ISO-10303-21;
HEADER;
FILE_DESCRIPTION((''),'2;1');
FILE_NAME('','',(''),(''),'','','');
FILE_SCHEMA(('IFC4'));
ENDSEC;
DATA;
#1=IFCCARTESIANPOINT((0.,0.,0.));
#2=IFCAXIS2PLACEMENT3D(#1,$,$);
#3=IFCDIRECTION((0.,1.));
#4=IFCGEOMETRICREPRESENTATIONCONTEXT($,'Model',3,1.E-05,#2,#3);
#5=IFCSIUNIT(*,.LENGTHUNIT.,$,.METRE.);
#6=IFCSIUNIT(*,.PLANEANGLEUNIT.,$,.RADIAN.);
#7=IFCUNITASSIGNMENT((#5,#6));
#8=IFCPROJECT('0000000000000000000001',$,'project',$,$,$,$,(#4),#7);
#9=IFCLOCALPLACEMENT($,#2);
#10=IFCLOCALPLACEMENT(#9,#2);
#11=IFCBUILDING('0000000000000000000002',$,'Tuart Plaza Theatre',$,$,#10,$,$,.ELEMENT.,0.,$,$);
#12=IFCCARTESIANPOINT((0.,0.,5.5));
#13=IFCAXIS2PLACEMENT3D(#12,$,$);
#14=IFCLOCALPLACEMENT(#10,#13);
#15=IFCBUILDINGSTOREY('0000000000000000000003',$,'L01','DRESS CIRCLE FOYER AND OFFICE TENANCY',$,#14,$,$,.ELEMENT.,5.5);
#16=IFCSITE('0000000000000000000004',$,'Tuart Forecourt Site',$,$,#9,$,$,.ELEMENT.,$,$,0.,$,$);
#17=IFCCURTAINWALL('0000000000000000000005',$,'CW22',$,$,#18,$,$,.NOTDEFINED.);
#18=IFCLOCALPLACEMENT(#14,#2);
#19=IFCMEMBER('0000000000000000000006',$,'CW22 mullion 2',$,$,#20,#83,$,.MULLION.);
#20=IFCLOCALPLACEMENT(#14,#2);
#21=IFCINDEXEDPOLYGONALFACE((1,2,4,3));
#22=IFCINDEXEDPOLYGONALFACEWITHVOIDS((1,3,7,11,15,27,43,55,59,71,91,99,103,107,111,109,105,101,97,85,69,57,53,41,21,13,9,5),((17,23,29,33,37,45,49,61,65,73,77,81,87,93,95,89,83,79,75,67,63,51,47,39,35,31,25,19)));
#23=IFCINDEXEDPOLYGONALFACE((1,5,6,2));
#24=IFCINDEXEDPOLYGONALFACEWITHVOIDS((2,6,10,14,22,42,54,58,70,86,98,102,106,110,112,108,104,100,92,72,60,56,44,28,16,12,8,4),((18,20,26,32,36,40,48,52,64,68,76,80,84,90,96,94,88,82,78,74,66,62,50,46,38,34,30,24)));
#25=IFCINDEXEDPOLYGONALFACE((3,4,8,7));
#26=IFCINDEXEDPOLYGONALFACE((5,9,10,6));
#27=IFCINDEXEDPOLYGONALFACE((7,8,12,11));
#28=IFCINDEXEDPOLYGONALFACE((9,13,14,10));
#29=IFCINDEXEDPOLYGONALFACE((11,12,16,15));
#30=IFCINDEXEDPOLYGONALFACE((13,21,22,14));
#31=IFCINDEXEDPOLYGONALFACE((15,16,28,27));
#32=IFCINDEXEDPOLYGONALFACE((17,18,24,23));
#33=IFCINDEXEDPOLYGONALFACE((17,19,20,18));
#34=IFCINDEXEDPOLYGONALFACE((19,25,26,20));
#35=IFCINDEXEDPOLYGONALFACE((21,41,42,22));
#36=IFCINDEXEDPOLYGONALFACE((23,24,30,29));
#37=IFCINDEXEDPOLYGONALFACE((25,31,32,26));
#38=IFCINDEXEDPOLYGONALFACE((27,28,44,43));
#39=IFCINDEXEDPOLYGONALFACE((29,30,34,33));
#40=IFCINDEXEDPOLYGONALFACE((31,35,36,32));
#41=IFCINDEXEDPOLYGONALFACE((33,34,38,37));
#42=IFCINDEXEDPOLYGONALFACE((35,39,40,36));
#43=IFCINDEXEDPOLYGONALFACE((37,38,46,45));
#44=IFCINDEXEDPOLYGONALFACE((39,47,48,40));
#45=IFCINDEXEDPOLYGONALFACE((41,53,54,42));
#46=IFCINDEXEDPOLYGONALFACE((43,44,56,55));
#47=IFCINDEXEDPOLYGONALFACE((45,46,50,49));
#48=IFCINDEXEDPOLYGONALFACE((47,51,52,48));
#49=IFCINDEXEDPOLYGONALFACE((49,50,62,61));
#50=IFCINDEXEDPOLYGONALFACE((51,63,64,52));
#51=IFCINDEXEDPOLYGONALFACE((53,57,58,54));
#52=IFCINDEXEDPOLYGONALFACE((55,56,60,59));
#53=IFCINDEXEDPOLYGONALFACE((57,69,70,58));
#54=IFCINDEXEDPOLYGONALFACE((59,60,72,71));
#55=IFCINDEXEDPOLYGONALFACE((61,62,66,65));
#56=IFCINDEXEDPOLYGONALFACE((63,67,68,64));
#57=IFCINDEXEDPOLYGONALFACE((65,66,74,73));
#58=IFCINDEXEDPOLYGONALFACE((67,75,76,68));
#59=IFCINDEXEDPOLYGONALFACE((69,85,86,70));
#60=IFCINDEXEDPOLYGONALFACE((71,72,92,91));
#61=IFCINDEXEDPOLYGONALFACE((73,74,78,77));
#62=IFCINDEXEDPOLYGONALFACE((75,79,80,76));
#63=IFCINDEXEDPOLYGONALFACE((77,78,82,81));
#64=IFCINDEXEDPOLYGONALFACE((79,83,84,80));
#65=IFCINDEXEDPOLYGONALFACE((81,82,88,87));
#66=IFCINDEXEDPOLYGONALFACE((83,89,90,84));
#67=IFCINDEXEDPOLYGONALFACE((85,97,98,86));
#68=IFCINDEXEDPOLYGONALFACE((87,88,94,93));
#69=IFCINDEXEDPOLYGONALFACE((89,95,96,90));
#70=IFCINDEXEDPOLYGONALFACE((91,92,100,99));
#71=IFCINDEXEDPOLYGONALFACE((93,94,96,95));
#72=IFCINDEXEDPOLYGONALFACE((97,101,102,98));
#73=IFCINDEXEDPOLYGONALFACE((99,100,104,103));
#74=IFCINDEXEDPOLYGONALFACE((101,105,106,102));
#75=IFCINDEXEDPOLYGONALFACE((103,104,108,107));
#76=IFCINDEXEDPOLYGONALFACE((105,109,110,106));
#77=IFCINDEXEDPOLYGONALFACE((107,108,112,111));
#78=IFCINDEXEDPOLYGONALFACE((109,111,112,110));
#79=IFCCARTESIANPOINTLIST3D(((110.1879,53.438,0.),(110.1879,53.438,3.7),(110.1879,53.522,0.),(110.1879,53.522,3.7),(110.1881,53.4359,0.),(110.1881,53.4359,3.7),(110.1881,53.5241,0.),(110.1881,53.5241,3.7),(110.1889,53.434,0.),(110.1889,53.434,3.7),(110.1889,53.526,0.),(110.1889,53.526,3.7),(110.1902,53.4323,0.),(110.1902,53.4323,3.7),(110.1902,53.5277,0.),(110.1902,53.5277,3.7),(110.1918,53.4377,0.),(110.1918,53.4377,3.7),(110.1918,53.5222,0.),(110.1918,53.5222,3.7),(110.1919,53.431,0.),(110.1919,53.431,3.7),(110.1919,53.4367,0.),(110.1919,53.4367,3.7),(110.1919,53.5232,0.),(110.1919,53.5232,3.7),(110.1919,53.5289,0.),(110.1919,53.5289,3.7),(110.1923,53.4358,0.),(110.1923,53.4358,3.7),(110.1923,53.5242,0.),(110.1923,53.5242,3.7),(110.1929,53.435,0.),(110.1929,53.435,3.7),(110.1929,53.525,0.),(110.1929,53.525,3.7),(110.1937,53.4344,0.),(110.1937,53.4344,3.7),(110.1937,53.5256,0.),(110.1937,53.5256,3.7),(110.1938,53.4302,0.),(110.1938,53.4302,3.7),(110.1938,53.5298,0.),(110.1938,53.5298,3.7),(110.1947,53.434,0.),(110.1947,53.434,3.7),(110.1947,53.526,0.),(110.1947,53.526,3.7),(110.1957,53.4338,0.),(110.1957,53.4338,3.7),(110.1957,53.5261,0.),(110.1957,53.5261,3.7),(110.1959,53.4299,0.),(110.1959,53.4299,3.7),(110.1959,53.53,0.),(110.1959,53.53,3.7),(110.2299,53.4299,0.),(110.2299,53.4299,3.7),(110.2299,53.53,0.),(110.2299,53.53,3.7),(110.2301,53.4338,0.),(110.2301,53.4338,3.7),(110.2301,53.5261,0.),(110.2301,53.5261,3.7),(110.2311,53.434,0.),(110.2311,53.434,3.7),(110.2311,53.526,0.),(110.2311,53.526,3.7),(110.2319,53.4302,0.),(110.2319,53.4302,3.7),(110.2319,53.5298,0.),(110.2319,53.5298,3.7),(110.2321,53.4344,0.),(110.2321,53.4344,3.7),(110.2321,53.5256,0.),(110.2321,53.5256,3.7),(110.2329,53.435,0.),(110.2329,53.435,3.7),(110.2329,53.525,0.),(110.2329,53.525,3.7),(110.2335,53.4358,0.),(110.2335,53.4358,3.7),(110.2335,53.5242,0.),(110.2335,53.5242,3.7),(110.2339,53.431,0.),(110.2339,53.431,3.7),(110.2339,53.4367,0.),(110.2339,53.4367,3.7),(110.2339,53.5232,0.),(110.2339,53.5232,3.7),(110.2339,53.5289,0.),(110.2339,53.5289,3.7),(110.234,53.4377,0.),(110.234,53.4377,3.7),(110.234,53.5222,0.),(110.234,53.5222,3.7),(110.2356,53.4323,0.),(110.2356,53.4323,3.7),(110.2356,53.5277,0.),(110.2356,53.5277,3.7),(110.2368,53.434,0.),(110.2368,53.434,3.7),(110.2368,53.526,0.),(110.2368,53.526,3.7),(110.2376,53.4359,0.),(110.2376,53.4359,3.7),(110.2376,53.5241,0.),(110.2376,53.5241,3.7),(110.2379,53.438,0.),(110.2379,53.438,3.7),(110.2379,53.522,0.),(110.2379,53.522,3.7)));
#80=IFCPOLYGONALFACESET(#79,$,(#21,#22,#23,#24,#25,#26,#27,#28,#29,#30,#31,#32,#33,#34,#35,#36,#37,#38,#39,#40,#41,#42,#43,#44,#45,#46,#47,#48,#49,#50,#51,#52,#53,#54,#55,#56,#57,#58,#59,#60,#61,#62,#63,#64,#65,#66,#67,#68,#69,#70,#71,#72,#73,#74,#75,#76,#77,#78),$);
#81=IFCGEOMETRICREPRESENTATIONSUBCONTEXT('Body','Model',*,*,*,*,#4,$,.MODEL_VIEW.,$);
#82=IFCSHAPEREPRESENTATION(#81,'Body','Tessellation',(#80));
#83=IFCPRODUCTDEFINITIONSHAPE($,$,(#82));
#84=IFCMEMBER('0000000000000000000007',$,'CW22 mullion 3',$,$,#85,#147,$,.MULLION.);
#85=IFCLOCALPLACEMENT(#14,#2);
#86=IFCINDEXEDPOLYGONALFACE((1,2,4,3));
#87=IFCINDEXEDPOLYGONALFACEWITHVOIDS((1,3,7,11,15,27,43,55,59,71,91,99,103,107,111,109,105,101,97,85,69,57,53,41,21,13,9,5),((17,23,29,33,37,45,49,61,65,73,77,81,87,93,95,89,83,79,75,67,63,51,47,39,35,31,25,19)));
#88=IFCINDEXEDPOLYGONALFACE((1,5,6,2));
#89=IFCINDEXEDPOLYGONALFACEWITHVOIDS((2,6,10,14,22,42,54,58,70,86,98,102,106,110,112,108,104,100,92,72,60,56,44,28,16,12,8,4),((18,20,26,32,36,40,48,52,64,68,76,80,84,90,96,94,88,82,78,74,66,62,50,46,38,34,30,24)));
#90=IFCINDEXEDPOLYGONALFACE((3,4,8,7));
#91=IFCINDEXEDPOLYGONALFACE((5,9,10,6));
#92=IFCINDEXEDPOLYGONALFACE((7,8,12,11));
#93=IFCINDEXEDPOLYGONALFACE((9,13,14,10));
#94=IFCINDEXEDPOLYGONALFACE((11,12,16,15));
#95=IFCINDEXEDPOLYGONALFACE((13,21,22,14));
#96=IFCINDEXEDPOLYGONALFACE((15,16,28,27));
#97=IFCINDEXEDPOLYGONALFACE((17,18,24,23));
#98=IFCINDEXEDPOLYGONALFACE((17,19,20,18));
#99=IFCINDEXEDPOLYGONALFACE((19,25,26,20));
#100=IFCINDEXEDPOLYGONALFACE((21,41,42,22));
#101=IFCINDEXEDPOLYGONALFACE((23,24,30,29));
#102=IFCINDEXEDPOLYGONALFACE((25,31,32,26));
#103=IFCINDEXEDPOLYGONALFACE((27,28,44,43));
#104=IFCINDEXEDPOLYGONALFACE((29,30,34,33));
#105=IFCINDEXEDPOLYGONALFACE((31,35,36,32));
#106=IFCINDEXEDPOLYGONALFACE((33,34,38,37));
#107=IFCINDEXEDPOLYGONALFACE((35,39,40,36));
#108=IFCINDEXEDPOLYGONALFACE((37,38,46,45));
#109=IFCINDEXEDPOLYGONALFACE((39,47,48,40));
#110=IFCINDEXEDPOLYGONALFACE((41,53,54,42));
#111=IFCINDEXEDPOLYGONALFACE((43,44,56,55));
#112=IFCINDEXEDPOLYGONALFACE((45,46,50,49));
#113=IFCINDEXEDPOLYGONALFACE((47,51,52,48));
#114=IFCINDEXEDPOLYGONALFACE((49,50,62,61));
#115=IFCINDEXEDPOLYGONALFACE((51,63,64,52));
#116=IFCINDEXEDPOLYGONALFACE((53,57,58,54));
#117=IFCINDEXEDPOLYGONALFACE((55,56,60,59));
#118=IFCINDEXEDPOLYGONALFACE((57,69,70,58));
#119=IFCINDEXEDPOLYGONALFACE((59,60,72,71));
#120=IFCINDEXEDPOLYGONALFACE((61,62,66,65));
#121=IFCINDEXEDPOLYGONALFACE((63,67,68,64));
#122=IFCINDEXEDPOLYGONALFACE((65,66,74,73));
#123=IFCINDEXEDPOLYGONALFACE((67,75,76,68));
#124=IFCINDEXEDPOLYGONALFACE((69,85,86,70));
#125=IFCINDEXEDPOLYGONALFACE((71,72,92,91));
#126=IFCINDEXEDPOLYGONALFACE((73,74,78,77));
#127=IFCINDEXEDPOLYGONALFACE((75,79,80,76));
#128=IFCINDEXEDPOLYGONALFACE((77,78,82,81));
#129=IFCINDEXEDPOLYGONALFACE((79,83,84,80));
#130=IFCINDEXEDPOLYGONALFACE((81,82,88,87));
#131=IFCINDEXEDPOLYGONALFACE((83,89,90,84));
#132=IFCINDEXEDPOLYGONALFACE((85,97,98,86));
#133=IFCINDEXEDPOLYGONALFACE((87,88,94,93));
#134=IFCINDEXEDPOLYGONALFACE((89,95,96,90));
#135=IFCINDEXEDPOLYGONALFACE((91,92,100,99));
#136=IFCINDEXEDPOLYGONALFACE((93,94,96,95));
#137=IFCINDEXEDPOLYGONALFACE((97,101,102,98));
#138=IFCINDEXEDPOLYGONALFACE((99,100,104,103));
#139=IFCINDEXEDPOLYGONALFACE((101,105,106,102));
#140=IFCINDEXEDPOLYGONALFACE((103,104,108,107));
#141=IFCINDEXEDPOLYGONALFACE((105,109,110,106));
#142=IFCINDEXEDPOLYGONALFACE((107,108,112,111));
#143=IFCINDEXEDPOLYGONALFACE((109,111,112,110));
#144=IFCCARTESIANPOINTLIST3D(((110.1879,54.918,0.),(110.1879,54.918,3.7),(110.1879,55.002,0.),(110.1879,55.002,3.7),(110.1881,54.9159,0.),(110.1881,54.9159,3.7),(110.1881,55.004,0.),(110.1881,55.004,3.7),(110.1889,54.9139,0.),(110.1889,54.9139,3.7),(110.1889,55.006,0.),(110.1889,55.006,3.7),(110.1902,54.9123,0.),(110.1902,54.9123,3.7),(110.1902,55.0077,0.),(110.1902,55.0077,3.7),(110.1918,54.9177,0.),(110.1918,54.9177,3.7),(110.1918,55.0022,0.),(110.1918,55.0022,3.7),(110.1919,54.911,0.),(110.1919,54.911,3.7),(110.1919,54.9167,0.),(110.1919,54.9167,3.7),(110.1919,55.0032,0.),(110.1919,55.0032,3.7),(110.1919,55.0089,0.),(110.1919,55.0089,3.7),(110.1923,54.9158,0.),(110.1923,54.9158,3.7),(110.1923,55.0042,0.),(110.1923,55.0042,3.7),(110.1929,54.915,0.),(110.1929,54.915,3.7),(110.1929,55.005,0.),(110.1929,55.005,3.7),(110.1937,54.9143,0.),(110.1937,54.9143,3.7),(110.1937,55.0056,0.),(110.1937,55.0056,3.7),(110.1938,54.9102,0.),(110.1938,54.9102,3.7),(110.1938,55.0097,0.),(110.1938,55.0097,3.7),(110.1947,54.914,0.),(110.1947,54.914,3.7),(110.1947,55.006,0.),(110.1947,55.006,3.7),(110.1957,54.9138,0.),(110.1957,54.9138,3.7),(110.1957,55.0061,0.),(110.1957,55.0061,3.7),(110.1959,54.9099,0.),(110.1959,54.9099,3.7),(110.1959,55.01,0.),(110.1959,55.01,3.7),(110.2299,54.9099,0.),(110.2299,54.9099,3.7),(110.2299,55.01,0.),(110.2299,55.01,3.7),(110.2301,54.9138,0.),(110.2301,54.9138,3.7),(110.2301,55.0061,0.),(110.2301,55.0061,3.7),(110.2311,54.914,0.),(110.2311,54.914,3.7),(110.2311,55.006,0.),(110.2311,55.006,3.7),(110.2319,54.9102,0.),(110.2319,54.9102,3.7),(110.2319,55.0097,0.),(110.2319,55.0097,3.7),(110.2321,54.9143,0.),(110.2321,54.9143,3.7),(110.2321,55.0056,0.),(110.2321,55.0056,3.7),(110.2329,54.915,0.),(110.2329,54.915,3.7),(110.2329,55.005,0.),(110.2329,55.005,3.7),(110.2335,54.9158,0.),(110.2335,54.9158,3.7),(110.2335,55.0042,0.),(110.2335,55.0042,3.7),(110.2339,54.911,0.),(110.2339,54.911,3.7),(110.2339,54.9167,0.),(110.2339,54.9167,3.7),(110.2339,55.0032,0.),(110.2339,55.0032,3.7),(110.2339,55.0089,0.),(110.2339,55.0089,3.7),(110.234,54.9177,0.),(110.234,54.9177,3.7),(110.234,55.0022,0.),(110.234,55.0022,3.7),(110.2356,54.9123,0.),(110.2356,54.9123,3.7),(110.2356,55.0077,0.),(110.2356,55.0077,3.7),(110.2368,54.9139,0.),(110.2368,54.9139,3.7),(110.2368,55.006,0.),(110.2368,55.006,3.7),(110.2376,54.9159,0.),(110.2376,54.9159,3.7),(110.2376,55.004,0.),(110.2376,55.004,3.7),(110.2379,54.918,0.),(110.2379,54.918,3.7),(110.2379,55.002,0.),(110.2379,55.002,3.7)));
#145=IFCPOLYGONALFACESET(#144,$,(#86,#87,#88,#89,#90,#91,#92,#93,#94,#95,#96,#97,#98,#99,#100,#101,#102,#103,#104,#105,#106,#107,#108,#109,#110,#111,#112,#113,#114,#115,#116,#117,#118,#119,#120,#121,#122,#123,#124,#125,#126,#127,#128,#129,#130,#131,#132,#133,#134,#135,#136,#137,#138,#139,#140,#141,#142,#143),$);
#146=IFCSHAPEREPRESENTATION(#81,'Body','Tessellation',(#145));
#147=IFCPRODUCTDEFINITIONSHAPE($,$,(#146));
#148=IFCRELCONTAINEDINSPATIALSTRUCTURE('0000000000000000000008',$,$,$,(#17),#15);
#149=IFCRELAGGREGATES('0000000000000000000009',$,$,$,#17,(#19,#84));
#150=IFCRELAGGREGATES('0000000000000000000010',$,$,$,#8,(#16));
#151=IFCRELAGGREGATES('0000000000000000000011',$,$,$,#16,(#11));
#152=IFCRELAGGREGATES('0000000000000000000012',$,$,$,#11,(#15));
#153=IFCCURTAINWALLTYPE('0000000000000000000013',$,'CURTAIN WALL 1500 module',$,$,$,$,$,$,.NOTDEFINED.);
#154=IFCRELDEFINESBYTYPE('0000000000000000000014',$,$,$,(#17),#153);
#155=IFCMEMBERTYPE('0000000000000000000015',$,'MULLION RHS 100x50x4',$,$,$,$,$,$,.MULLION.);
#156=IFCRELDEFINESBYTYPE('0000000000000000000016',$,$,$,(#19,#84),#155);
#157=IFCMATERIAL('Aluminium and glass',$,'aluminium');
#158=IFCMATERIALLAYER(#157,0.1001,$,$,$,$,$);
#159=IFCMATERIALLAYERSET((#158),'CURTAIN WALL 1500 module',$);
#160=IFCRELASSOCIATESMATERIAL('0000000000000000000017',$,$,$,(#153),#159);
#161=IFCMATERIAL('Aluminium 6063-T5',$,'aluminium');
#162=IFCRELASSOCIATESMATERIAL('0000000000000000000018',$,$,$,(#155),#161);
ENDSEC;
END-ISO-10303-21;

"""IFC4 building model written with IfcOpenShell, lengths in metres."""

from ifc_helpers import new_model, si_unit, direction, frame, origin, origin_2d, place, context, subcontext, project, spatial, hollow_rectangle, extrude, material, layer, layer_set, material_profile, profile_set, type_object, element, aggregate, save


model = new_model("IFC4")

# Units and contexts
model_context = context("Model", 3, precision=1e-05, world=origin(), true_north=direction((0.0, 1.0)))
body_context = subcontext(model_context, "Body", "Model", "MODEL_VIEW")
ifc_project = project(units=[si_unit("LENGTHUNIT", "METRE"), si_unit("PLANEANGLEUNIT", "RADIAN")], contexts=[model_context])

# Site, building, storey
site_placement = place(None, origin())
site = spatial("IfcSite", under=ifc_project, at=site_placement, Name="Tuart Forecourt Site", CompositionType="ELEMENT", RefElevation=0.0)
building_placement = place(site_placement, origin())
building = spatial("IfcBuilding", under=site, at=building_placement, Name="Tuart Plaza Theatre", CompositionType="ELEMENT", ElevationOfRefHeight=0.0)
storey_placement = place(building_placement, frame((0.0, 0.0, 5.5)))
storey = spatial("IfcBuildingStorey", under=building, at=storey_placement, Name="L01", Description="DRESS CIRCLE FOYER AND OFFICE TENANCY", CompositionType="ELEMENT", Elevation=5.5)

# Curtain wall, members
ifc_material_1 = material(Name="Aluminium and glass", Category="aluminium")
ifc_layer_1 = layer(ifc_material_1, 0.1001)
ifc_layer_set_1 = layer_set([ifc_layer_1], Name="CURTAIN WALL 1500 module")
curtain_wall_type = type_object("IfcCurtainWallType", Name="CURTAIN WALL 1500 module", PredefinedType="NOTDEFINED", material=ifc_layer_set_1)
curtain_wall_placement = place(storey_placement, origin())
curtain_wall = element("IfcCurtainWall", 1, at=curtain_wall_placement, inside=storey, type_object=curtain_wall_type, Name="CW22", PredefinedType="NOTDEFINED")
ifc_material_2 = material(Name="Aluminium 6063-T5", Category="aluminium")
ifc_material_profile_1 = material_profile(ifc_material_2, hollow_rectangle(XDim=0.05, YDim=0.1001, WallThickness=0.0039, InnerFilletRadius=0.0039, OuterFilletRadius=0.0081, at=origin_2d()), Name="RHS 100x50x4")
ifc_profile_set_1 = profile_set([ifc_material_profile_1], Name="Aluminium 6063-T5")
member_type_1 = type_object("IfcMemberType", Name="MULLION RHS 100x50x4", PredefinedType="MULLION", material=ifc_profile_set_1)
member_1_placement = place(storey_placement, frame((110.2129, 53.48, 0.0), z_axis=(0.0, 0.0, 1.0), x_axis=(-1.0, 0.0, 0.0)))
member_1 = element("IfcMember", 2, at=member_1_placement, type_object=member_type_1, Name="CW22 mullion 2", PredefinedType="MULLION", context=body_context, shape_type="SweptSolid", body=[
    extrude(hollow_rectangle(XDim=0.05, YDim=0.1001, WallThickness=0.0039, InnerFilletRadius=0.0039, OuterFilletRadius=0.0081, at=origin_2d()), origin(), (0.0, 0.0, 1.0), 3.7),
])
member_2_placement = place(storey_placement, frame((110.2129, 54.96, 0.0), z_axis=(0.0, 0.0, 1.0), x_axis=(-1.0, 0.0, 0.0)))
member_2 = element("IfcMember", 3, at=member_2_placement, type_object=member_type_1, Name="CW22 mullion 3", PredefinedType="MULLION", context=body_context, shape_type="SweptSolid", body=[
    extrude(hollow_rectangle(XDim=0.05, YDim=0.1001, WallThickness=0.0039, InnerFilletRadius=0.0039, OuterFilletRadius=0.0081, at=origin_2d()), origin(), (0.0, 0.0, 1.0), 3.7),
])
aggregate(curtain_wall, [member_1, member_2])

save(model, "model.ifc")
